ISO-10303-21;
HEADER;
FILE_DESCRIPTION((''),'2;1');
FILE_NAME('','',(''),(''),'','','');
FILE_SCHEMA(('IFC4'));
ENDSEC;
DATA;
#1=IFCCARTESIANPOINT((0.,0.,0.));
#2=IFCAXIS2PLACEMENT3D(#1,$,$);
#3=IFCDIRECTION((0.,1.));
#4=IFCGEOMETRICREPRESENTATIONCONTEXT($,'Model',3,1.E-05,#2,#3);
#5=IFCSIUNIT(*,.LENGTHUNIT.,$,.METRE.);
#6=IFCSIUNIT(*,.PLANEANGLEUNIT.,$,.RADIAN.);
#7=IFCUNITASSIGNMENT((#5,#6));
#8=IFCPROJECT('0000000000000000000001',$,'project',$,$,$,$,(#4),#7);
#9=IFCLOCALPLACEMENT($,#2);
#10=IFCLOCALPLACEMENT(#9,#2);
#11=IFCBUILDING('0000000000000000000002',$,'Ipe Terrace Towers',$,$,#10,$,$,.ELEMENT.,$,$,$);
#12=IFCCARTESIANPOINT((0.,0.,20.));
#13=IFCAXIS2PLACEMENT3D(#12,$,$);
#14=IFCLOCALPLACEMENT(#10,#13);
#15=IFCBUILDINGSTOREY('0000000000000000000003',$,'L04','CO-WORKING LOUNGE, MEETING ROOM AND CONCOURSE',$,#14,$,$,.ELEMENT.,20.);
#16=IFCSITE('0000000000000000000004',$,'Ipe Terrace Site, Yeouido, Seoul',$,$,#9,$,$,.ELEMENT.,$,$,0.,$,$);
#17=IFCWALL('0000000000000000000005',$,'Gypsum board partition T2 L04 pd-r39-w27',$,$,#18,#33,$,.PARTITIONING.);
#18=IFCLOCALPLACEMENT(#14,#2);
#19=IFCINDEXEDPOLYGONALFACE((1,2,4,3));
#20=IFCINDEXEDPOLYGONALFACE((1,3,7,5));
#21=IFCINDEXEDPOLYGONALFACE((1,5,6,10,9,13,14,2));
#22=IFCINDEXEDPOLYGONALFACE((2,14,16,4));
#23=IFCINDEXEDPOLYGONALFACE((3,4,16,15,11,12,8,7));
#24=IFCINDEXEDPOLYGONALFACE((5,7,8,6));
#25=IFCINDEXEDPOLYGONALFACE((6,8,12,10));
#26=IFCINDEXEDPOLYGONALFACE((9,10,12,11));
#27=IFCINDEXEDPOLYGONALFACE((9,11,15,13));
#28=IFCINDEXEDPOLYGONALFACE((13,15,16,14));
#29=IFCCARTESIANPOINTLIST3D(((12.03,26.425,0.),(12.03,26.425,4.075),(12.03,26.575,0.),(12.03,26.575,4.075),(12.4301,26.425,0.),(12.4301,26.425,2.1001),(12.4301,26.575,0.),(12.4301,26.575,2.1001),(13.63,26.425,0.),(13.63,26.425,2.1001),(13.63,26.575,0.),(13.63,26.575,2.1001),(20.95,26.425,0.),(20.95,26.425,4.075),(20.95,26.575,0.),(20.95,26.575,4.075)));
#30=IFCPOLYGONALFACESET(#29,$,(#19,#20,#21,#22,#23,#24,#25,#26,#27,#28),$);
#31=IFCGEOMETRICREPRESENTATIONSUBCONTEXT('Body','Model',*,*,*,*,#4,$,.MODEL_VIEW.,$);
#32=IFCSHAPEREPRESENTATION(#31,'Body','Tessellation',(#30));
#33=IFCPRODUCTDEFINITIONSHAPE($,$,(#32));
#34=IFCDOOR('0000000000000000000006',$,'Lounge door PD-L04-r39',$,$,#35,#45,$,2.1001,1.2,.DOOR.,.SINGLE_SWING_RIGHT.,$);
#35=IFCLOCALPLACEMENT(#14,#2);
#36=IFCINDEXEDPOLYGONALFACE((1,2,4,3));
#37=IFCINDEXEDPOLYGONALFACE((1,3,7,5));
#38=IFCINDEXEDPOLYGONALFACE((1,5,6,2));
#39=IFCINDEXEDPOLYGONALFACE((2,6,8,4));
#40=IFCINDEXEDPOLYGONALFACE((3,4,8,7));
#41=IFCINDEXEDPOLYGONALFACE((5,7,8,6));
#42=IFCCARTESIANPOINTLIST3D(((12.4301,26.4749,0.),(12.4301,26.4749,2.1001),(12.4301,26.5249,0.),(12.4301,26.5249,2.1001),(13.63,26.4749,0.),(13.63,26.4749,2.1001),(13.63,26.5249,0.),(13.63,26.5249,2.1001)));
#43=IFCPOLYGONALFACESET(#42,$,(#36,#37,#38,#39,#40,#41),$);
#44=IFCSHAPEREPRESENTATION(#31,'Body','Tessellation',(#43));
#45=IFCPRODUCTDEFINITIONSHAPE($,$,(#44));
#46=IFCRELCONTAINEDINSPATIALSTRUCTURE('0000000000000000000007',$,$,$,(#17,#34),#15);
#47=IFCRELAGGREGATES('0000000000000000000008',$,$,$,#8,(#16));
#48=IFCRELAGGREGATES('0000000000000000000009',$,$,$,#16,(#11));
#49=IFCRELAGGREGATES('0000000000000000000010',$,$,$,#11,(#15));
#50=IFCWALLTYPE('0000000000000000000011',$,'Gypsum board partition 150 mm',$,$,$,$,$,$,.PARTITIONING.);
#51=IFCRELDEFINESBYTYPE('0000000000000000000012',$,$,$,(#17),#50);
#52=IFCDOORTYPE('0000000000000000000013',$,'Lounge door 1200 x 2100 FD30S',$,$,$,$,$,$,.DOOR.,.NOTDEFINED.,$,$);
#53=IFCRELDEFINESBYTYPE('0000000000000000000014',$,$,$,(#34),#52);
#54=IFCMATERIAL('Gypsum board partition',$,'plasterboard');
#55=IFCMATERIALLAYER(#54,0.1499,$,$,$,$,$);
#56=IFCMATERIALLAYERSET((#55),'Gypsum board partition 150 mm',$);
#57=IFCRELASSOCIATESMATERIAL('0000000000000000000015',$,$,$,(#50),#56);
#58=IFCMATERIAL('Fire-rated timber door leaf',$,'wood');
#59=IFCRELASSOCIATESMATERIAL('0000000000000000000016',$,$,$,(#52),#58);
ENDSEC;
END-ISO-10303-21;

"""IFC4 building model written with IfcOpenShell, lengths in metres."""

from ifc_helpers import new_model, si_unit, direction, frame, frame_2d, origin, place, context, subcontext, project, spatial, rectangle, extrude, material, layer, layer_set, type_object, element, fill, save


model = new_model("IFC4")

# Units and contexts
model_context = context("Model", 3, precision=1e-05, world=origin(), true_north=direction((0.0, 1.0)))
body_context = subcontext(model_context, "Body", "Model", "MODEL_VIEW")
ifc_project = project(units=[si_unit("LENGTHUNIT", "METRE"), si_unit("PLANEANGLEUNIT", "RADIAN")], contexts=[model_context])

# Site, building, storey
site_placement = place(None, origin())
site = spatial("IfcSite", under=ifc_project, at=site_placement, Name="Ipe Terrace Site, Yeouido, Seoul", CompositionType="ELEMENT", RefElevation=0.0)
building_placement = place(site_placement, origin())
building = spatial("IfcBuilding", under=site, at=building_placement, Name="Ipe Terrace Towers", CompositionType="ELEMENT")
storey_placement = place(building_placement, frame((0.0, 0.0, 20.0)))
storey = spatial("IfcBuildingStorey", under=building, at=storey_placement, Name="L04", Description="CO-WORKING LOUNGE, MEETING ROOM AND CONCOURSE", CompositionType="ELEMENT", Elevation=20.0)

# Shared definitions
ifc_material_1 = material(Name="Gypsum board partition", Category="plasterboard")
ifc_layer_1 = layer(ifc_material_1, 0.1499)
ifc_layer_set_1 = layer_set([ifc_layer_1], Name="Gypsum board partition 150 mm")
wall_type = type_object("IfcWallType", Name="Gypsum board partition 150 mm", PredefinedType="PARTITIONING", material=ifc_layer_set_1)

# Shared definitions
ifc_material_2 = material(Name="Fire-rated timber door leaf", Category="wood")
door_type_1 = type_object("IfcDoorType", Name="Lounge door 1200 x 2100 FD30S", OperationType="NOTDEFINED", PredefinedType="DOOR", material=ifc_material_2)

# Wall, opening, door
wall_1_placement = place(storey_placement, frame((12.03, 26.5, 0.0), z_axis=(0.0, 0.0, 1.0), x_axis=(1.0, 0.0, 0.0)))
wall_1 = element("IfcWall", 1, at=wall_1_placement, inside=storey, type_object=wall_type, Name="Gypsum board partition T2 L04 pd-r39-w27", PredefinedType="PARTITIONING", context=body_context, shape_type="SweptSolid", body=[
    extrude(rectangle(XDim=8.9199, YDim=0.1499, at=frame_2d((4.46, 0.0))), origin(), (0.0, 0.0, 1.0), 4.075),
])
opening_1_placement = place(wall_1_placement, frame((0.3999, 0.0, 0.0)))
opening_1 = element("IfcOpeningElement", 2, at=opening_1_placement, cuts=wall_1, PredefinedType="OPENING", context=body_context, shape_type="SweptSolid", body=[
    extrude(rectangle(XDim=1.2, YDim=2.1001, at=frame_2d((0.6001, 1.05))), frame((0.0, 0.085, 0.0), z_axis=(0.0, -1.0, 0.0), x_axis=(1.0, 0.0, 0.0)), (0.0, 0.0, 1.0), 0.1699),
])
door_1_placement = place(opening_1_placement, origin())
door_1 = element("IfcDoor", 3, at=door_1_placement, inside=storey, type_object=door_type_1, Name="Lounge door PD-L04-r39", OperationType="SINGLE_SWING_RIGHT", OverallHeight=2.1001, OverallWidth=1.2, PredefinedType="DOOR", context=body_context, shape_type="SweptSolid", body=[
    extrude(rectangle(XDim=1.2, YDim=2.1001, at=frame_2d((0.6001, 1.05))), frame((0.0, 0.0249, 0.0), z_axis=(0.0, -1.0, 0.0), x_axis=(1.0, 0.0, 0.0)), (0.0, 0.0, 1.0), 0.05),
])
fill(opening_1, door_1)

save(model, "model.ifc")
